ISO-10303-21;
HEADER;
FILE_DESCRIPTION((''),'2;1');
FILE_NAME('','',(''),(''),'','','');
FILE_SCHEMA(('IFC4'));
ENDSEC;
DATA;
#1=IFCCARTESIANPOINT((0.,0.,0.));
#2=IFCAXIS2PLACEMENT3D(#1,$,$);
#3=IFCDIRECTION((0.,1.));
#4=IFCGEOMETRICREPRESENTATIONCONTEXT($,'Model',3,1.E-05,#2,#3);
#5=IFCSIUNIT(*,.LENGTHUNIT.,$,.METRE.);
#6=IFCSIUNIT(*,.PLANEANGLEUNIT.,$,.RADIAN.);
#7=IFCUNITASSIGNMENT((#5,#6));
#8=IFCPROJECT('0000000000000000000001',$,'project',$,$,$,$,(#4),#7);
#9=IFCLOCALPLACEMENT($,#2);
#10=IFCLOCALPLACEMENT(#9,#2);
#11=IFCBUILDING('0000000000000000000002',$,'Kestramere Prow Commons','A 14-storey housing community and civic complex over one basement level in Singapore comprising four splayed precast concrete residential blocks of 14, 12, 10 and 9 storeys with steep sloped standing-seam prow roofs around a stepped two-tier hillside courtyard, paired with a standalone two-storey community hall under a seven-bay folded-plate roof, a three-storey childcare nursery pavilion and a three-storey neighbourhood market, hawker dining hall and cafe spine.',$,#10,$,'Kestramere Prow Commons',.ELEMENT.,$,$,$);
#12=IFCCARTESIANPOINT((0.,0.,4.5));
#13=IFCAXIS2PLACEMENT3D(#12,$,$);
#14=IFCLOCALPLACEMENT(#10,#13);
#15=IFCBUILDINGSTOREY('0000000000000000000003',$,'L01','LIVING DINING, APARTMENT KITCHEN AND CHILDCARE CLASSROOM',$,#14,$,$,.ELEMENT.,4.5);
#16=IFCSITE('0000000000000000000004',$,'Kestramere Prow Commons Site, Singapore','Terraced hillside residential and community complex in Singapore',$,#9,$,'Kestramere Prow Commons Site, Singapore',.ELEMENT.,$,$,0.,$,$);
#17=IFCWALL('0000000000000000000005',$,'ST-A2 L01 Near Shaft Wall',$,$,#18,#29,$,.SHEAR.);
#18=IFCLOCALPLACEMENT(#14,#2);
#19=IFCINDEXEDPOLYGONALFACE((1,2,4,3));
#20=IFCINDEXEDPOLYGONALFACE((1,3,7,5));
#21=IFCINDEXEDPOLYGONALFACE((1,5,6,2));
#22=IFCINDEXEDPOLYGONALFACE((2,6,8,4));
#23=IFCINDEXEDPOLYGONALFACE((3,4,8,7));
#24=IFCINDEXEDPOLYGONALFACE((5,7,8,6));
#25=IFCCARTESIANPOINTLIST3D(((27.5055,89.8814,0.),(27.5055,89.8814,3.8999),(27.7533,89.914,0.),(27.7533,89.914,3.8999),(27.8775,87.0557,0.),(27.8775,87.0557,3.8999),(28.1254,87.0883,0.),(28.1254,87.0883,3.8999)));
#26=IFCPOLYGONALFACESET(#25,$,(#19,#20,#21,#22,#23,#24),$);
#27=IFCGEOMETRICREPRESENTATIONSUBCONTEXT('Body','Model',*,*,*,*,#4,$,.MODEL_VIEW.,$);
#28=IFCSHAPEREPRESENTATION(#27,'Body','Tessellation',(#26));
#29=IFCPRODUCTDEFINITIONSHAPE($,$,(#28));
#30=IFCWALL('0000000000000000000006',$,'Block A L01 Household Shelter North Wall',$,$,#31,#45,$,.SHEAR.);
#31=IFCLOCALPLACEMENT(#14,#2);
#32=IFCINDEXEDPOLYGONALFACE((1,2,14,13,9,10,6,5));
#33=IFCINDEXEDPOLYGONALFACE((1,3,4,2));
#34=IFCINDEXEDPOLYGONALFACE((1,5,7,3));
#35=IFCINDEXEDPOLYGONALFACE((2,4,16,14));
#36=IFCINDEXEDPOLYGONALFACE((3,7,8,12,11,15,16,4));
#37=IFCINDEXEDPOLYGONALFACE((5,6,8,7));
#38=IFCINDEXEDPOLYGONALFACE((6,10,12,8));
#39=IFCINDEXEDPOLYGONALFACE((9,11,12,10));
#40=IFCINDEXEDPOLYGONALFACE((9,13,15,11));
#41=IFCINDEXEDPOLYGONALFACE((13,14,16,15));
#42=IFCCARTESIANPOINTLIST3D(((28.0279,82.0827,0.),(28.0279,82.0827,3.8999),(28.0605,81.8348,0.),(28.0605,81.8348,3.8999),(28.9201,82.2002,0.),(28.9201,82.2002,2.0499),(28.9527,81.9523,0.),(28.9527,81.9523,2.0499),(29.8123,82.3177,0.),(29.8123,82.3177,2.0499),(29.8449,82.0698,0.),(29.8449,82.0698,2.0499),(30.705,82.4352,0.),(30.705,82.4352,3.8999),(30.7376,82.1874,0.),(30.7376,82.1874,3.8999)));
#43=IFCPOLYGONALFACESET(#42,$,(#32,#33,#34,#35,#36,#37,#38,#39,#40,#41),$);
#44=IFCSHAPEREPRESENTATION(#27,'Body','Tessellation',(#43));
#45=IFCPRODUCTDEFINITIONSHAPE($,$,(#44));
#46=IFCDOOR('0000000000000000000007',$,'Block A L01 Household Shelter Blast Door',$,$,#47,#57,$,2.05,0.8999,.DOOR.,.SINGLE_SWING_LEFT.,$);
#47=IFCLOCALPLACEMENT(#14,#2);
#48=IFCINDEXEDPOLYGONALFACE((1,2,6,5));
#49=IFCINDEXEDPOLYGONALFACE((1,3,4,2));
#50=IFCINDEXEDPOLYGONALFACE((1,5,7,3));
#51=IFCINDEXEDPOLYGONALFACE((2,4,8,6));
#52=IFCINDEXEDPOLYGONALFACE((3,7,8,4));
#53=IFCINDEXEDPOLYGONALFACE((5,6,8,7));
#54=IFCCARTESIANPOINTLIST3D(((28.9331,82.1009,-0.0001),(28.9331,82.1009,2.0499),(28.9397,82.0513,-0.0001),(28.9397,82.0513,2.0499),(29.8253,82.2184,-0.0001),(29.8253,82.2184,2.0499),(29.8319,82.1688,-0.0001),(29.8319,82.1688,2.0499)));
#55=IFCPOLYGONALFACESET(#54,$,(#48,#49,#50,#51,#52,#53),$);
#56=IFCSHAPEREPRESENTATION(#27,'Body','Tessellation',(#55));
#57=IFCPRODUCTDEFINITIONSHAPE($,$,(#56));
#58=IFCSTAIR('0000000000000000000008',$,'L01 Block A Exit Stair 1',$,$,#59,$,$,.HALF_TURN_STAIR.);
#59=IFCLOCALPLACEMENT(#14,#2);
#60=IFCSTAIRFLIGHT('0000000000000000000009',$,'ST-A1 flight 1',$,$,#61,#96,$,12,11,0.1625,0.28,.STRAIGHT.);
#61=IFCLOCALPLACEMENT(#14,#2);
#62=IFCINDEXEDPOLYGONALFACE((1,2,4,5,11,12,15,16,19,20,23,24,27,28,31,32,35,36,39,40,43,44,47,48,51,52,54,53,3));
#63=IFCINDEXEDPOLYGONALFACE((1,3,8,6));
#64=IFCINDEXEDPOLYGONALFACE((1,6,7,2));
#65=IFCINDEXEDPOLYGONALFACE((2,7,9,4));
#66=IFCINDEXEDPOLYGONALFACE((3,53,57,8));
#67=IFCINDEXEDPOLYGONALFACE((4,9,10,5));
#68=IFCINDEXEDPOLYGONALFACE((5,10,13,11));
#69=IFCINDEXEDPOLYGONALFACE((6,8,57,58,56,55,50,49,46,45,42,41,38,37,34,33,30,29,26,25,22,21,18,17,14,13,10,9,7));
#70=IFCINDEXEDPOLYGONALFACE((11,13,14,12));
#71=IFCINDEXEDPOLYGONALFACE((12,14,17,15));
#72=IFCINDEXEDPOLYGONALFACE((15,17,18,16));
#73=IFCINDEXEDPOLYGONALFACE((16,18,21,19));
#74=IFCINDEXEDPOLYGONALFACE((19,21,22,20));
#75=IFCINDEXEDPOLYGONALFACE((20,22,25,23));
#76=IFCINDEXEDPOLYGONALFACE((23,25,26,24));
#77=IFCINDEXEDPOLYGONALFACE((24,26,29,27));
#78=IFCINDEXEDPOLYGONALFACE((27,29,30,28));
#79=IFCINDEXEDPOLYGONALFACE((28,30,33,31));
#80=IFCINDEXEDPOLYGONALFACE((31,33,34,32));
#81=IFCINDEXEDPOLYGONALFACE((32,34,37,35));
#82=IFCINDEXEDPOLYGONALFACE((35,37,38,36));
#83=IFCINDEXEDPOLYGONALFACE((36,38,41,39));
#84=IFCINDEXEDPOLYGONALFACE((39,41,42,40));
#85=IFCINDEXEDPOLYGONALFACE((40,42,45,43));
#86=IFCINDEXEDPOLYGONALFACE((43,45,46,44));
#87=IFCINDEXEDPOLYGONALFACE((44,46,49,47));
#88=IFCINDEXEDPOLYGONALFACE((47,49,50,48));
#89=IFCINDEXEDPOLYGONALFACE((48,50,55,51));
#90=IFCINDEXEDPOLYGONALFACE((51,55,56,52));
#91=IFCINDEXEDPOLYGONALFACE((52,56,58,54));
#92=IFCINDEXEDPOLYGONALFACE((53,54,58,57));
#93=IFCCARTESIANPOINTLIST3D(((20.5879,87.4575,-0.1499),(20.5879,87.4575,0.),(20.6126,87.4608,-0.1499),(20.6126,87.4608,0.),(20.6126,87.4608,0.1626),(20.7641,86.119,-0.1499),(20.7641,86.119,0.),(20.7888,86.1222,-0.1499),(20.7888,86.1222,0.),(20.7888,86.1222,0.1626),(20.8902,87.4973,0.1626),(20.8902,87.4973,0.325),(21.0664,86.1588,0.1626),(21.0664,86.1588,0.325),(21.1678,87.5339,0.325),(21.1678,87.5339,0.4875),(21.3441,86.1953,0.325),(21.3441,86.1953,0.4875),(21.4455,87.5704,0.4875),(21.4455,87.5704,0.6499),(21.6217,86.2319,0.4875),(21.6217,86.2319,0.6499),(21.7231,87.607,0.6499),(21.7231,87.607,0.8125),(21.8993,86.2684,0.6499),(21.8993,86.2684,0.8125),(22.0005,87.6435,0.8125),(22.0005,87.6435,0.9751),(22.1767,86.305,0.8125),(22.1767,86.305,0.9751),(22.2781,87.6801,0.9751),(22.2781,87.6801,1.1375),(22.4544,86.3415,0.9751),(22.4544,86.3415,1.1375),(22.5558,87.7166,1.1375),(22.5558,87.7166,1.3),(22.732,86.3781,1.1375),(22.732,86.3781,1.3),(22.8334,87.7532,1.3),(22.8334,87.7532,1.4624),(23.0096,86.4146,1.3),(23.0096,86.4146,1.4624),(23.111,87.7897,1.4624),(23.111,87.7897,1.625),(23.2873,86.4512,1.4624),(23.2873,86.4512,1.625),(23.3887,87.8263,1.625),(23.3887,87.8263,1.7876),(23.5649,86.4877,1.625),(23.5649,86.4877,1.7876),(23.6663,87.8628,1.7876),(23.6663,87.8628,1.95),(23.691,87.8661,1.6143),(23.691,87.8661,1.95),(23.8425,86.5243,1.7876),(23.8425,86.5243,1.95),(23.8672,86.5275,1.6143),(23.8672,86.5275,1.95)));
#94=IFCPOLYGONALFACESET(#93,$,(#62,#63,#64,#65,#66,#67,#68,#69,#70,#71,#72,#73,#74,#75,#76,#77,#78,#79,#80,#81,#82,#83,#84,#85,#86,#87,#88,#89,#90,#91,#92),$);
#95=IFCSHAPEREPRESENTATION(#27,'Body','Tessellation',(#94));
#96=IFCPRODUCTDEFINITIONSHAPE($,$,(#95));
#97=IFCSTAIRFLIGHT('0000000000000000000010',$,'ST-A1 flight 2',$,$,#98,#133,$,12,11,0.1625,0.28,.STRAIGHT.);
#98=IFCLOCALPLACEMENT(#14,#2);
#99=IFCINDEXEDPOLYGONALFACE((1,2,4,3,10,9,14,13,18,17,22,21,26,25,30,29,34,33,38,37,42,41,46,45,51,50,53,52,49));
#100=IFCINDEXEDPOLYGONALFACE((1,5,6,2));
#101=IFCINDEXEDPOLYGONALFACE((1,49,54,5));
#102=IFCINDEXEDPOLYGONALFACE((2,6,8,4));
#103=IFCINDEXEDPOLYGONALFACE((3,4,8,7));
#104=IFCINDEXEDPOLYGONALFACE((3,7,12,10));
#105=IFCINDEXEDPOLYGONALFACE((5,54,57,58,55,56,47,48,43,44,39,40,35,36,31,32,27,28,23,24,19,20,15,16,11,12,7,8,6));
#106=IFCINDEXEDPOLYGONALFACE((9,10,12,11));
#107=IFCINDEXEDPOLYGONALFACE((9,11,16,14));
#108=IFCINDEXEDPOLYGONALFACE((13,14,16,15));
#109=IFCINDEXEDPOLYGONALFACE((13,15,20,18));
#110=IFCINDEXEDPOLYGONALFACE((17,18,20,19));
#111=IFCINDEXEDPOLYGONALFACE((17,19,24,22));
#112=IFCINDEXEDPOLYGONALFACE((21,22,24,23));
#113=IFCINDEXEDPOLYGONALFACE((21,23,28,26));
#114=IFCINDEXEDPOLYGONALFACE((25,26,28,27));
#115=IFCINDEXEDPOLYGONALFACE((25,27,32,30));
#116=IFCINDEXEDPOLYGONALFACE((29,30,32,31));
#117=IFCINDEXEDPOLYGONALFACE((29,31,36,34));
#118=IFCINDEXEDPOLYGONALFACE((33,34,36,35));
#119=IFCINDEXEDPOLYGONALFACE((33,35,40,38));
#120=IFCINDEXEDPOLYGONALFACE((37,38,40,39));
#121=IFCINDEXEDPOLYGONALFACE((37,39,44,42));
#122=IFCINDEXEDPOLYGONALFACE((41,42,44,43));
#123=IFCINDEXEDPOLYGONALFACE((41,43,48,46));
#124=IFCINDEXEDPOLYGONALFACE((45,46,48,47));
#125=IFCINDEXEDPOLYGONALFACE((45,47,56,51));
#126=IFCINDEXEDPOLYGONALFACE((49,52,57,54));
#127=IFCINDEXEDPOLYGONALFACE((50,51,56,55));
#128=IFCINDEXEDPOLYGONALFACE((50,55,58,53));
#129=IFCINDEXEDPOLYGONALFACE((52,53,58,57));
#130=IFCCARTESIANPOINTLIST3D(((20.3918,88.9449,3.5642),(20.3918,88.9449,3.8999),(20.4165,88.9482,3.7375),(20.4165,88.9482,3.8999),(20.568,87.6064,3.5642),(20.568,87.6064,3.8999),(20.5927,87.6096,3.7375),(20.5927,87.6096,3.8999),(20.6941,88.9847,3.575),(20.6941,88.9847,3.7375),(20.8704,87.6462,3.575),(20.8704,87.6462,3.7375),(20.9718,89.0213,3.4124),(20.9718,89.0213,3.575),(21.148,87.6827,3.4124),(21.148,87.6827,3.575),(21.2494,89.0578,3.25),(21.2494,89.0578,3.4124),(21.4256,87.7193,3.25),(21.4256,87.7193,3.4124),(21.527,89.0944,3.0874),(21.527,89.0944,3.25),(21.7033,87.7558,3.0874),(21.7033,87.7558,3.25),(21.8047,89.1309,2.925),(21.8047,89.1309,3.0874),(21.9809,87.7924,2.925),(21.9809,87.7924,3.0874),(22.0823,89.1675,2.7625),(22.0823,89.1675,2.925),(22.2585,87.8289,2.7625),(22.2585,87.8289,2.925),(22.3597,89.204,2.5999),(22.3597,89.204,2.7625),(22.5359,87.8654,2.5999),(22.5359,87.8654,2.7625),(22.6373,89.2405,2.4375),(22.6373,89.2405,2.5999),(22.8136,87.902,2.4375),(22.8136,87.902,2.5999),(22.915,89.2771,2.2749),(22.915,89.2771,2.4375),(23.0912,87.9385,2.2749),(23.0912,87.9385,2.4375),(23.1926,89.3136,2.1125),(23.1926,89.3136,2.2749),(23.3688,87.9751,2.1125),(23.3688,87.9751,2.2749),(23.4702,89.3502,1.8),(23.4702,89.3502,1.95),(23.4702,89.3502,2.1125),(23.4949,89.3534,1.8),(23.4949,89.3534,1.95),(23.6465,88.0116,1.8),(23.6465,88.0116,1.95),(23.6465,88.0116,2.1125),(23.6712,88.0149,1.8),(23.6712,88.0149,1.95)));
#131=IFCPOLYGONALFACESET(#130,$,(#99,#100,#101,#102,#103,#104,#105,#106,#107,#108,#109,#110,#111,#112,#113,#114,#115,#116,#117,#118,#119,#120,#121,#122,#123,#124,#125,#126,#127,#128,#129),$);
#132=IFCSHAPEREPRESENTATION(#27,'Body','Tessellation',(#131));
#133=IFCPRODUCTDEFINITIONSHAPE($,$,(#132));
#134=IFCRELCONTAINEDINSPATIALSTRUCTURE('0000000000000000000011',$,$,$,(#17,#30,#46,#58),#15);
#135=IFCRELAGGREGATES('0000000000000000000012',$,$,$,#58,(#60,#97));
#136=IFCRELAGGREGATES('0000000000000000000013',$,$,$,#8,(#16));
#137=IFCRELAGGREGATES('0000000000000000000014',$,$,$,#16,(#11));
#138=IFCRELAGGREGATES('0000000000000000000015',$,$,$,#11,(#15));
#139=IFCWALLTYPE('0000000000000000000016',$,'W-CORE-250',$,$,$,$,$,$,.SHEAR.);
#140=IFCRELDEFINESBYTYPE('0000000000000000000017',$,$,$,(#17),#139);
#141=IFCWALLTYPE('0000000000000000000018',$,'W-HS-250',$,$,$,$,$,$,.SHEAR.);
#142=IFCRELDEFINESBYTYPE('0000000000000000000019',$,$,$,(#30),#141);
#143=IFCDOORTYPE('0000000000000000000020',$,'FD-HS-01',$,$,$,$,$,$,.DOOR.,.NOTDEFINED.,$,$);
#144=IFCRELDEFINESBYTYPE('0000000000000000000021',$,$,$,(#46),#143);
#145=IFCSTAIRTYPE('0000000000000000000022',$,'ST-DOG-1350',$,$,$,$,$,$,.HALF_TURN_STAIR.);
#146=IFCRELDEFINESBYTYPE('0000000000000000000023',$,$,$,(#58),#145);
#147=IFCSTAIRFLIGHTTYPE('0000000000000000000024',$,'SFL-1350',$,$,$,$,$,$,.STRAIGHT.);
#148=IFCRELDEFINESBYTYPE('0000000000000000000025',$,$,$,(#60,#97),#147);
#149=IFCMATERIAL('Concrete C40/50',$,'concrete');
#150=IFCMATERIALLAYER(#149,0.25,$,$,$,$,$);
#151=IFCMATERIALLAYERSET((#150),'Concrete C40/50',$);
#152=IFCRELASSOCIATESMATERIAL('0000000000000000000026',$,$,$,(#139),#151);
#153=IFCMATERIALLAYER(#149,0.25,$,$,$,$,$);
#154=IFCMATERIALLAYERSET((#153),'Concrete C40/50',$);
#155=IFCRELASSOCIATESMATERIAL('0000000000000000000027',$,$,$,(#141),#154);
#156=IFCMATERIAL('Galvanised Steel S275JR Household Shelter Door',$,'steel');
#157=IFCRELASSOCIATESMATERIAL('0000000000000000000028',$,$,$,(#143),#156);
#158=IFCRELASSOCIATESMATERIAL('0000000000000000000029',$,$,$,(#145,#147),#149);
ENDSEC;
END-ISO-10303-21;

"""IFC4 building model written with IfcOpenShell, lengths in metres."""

from ifc_helpers import new_model, si_unit, direction, frame, frame_2d, origin, place, context, subcontext, project, spatial, polyline, rectangle, outline, extrude, material, layer, layer_set, type_object, element, fill, aggregate, save


model = new_model("IFC4")

# Units and contexts
model_context = context("Model", 3, precision=1e-05, world=origin(), true_north=direction((0.0, 1.0)))
body_context = subcontext(model_context, "Body", "Model", "MODEL_VIEW")
ifc_project = project(units=[si_unit("LENGTHUNIT", "METRE"), si_unit("PLANEANGLEUNIT", "RADIAN")], contexts=[model_context])

# Site, building, storey
site_placement = place(None, origin())
site = spatial("IfcSite", under=ifc_project, at=site_placement, Name="Kestramere Prow Commons Site, Singapore", Description="Terraced hillside residential and community complex in Singapore", LongName="Kestramere Prow Commons Site, Singapore", CompositionType="ELEMENT", RefElevation=0.0)
building_placement = place(site_placement, origin())
building = spatial("IfcBuilding", under=site, at=building_placement, Name="Kestramere Prow Commons", Description="A 14-storey housing community and civic complex over one basement level in Singapore comprising four splayed precast concrete residential blocks of 14, 12, 10 and 9 storeys with steep sloped standing-seam prow roofs around a stepped two-tier hillside courtyard, paired with a standalone two-storey community hall under a seven-bay folded-plate roof, a three-storey childcare nursery pavilion and a three-storey neighbourhood market, hawker dining hall and cafe spine.", LongName="Kestramere Prow Commons", CompositionType="ELEMENT")
storey_placement = place(building_placement, frame((0.0, 0.0, 4.5)))
storey = spatial("IfcBuildingStorey", under=building, at=storey_placement, Name="L01", Description="LIVING DINING, APARTMENT KITCHEN AND CHILDCARE CLASSROOM", CompositionType="ELEMENT", Elevation=4.5)

# Shared definitions
ifc_material_1 = material(Name="Concrete C40/50", Category="concrete")

# Shared definitions
ifc_layer_1 = layer(ifc_material_1, 0.25)
ifc_layer_set_1 = layer_set([ifc_layer_1], Name="Concrete C40/50")
wall_type_1 = type_object("IfcWallType", Name="W-CORE-250", PredefinedType="SHEAR", material=ifc_layer_set_1)

# Wall
wall_1_placement = place(storey_placement, frame((28.0015, 87.072, 0.0), z_axis=(0.0, 0.0, 1.0), x_axis=(-0.130548, 0.991442, 0.0)))
element("IfcWall", 1, at=wall_1_placement, inside=storey, type_object=wall_type_1, Name="ST-A2 L01 Near Shaft Wall", PredefinedType="SHEAR", context=body_context, shape_type="SweptSolid", body=[
    extrude(rectangle(XDim=2.8501, YDim=0.25, at=frame_2d((1.425, 0.0))), origin(), (0.0, 0.0, 1.0), 3.8999),
])

# Wall, opening, door
ifc_layer_2 = layer(ifc_material_1, 0.25)
ifc_layer_set_2 = layer_set([ifc_layer_2], Name="Concrete C40/50")
wall_type_2 = type_object("IfcWallType", Name="W-HS-250", PredefinedType="SHEAR", material=ifc_layer_set_2)
wall_2_placement = place(storey_placement, frame((28.0442, 81.9587, 0.0), z_axis=(0.0, 0.0, 1.0), x_axis=(0.99144, 0.130564, 0.0)))
wall_2 = element("IfcWall", 2, at=wall_2_placement, inside=storey, type_object=wall_type_2, Name="Block A L01 Household Shelter North Wall", PredefinedType="SHEAR", context=body_context, shape_type="SweptSolid", body=[
    extrude(rectangle(XDim=2.7002, YDim=0.25, at=frame_2d((1.3501, 0.0))), origin(), (0.0, 0.0, 1.0), 3.8999),
])
opening_1_placement = place(wall_2_placement, frame((0.8999, 0.0, 0.0)))
opening_1 = element("IfcOpeningElement", 3, at=opening_1_placement, cuts=wall_2, PredefinedType="OPENING", context=body_context, shape_type="SweptSolid", body=[
    extrude(rectangle(XDim=0.8999, YDim=2.05, at=frame_2d((0.45, 1.0249))), frame((0.0, 0.1399, 0.0), z_axis=(0.0, -1.0, 0.0), x_axis=(1.0, 0.0, 0.0)), (0.0, 0.0, 1.0), 0.28),
])
ifc_material_2 = material(Name="Galvanised Steel S275JR Household Shelter Door", Category="steel")
door_type_1 = type_object("IfcDoorType", Name="FD-HS-01", OperationType="NOTDEFINED", PredefinedType="DOOR", material=ifc_material_2)
door_1_placement = place(opening_1_placement, origin())
door_1 = element("IfcDoor", 4, at=door_1_placement, inside=storey, type_object=door_type_1, Name="Block A L01 Household Shelter Blast Door", OperationType="SINGLE_SWING_LEFT", OverallHeight=2.05, OverallWidth=0.8999, PredefinedType="DOOR", context=body_context, shape_type="SweptSolid", body=[
    extrude(rectangle(XDim=0.8999, YDim=2.05, at=frame_2d((0.45, 1.0249))), frame((0.0, 0.0249, 0.0), z_axis=(0.0, -1.0, 0.0), x_axis=(1.0, 0.0, 0.0)), (0.0, 0.0, 1.0), 0.05),
])
fill(opening_1, door_1)

# Stair, stair flights
stair_type = type_object("IfcStairType", Name="ST-DOG-1350", PredefinedType="HALF_TURN_STAIR", material=ifc_material_1)
stair_placement = place(storey_placement, origin())
stair = element("IfcStair", 5, at=stair_placement, inside=storey, type_object=stair_type, Name="L01 Block A Exit Stair 1", PredefinedType="HALF_TURN_STAIR")
stair_flight_type = type_object("IfcStairFlightType", Name="SFL-1350", PredefinedType="STRAIGHT", material=ifc_material_1)
stair_flight_1_placement = place(storey_placement, frame((20.7007, 86.7915, 0.0), z_axis=(0.0, 0.0, 1.0), x_axis=(0.991445, 0.130526, 0.0)))
stair_flight_1 = element("IfcStairFlight", 6, at=stair_flight_1_placement, type_object=stair_flight_type, Name="ST-A1 flight 1", NumberOfRisers=12, NumberOfTreads=11, PredefinedType="STRAIGHT", RiserHeight=0.1625, TreadLength=0.28, context=body_context, shape_type="SweptSolid", body=[
    extrude(outline(polyline([(-0.0249, 0.0), (0.0, 0.0), (0.0, 0.1626), (0.28, 0.1626), (0.28, 0.325), (0.5601, 0.325), (0.5601, 0.4875), (0.8401, 0.4875), (0.8401, 0.6499), (1.1201, 0.6499), (1.1201, 0.8125), (1.3999, 0.8125), (1.3999, 0.9751), (1.6799, 0.9751), (1.6799, 1.1375), (1.96, 1.1375), (1.96, 1.3), (2.24, 1.3), (2.24, 1.4624), (2.52, 1.4624), (2.52, 1.625), (2.8, 1.625), (2.8, 1.7876), (3.0801, 1.7876), (3.0801, 1.95), (3.105, 1.95), (3.105, 1.6143), (0.0, -0.1499), (-0.0249, -0.1499), (-0.0249, 0.0)])), frame((0.0, 0.675, 0.0), z_axis=(0.0, -1.0, 0.0), x_axis=(1.0, 0.0, 0.0)), (0.0, 0.0, 1.0), 1.3501),
])
stair_flight_2_placement = place(storey_placement, frame((23.5583, 88.6809, 1.95), z_axis=(0.0, 0.0, 1.0), x_axis=(-0.991445, -0.130526, 0.0)))
stair_flight_2 = element("IfcStairFlight", 7, at=stair_flight_2_placement, type_object=stair_flight_type, Name="ST-A1 flight 2", NumberOfRisers=12, NumberOfTreads=11, PredefinedType="STRAIGHT", RiserHeight=0.1625, TreadLength=0.28, context=body_context, shape_type="SweptSolid", body=[
    extrude(outline(polyline([(-0.0249, 0.0), (0.0, 0.0), (0.0, 0.1626), (0.28, 0.1626), (0.28, 0.325), (0.5601, 0.325), (0.5601, 0.4875), (0.8401, 0.4875), (0.8401, 0.6499), (1.1201, 0.6499), (1.1201, 0.8125), (1.3999, 0.8125), (1.3999, 0.9751), (1.6799, 0.9751), (1.6799, 1.1375), (1.96, 1.1375), (1.96, 1.3), (2.24, 1.3), (2.24, 1.4624), (2.52, 1.4624), (2.52, 1.625), (2.8, 1.625), (2.8, 1.7876), (3.0801, 1.7876), (3.0801, 1.95), (3.105, 1.95), (3.105, 1.6143), (0.0, -0.1499), (-0.0249, -0.1499), (-0.0249, 0.0)])), frame((0.0, 0.675, 0.0), z_axis=(0.0, -1.0, 0.0), x_axis=(1.0, 0.0, 0.0)), (0.0, 0.0, 1.0), 1.3501),
])
aggregate(stair, [stair_flight_1, stair_flight_2])

save(model, "model.ifc")
